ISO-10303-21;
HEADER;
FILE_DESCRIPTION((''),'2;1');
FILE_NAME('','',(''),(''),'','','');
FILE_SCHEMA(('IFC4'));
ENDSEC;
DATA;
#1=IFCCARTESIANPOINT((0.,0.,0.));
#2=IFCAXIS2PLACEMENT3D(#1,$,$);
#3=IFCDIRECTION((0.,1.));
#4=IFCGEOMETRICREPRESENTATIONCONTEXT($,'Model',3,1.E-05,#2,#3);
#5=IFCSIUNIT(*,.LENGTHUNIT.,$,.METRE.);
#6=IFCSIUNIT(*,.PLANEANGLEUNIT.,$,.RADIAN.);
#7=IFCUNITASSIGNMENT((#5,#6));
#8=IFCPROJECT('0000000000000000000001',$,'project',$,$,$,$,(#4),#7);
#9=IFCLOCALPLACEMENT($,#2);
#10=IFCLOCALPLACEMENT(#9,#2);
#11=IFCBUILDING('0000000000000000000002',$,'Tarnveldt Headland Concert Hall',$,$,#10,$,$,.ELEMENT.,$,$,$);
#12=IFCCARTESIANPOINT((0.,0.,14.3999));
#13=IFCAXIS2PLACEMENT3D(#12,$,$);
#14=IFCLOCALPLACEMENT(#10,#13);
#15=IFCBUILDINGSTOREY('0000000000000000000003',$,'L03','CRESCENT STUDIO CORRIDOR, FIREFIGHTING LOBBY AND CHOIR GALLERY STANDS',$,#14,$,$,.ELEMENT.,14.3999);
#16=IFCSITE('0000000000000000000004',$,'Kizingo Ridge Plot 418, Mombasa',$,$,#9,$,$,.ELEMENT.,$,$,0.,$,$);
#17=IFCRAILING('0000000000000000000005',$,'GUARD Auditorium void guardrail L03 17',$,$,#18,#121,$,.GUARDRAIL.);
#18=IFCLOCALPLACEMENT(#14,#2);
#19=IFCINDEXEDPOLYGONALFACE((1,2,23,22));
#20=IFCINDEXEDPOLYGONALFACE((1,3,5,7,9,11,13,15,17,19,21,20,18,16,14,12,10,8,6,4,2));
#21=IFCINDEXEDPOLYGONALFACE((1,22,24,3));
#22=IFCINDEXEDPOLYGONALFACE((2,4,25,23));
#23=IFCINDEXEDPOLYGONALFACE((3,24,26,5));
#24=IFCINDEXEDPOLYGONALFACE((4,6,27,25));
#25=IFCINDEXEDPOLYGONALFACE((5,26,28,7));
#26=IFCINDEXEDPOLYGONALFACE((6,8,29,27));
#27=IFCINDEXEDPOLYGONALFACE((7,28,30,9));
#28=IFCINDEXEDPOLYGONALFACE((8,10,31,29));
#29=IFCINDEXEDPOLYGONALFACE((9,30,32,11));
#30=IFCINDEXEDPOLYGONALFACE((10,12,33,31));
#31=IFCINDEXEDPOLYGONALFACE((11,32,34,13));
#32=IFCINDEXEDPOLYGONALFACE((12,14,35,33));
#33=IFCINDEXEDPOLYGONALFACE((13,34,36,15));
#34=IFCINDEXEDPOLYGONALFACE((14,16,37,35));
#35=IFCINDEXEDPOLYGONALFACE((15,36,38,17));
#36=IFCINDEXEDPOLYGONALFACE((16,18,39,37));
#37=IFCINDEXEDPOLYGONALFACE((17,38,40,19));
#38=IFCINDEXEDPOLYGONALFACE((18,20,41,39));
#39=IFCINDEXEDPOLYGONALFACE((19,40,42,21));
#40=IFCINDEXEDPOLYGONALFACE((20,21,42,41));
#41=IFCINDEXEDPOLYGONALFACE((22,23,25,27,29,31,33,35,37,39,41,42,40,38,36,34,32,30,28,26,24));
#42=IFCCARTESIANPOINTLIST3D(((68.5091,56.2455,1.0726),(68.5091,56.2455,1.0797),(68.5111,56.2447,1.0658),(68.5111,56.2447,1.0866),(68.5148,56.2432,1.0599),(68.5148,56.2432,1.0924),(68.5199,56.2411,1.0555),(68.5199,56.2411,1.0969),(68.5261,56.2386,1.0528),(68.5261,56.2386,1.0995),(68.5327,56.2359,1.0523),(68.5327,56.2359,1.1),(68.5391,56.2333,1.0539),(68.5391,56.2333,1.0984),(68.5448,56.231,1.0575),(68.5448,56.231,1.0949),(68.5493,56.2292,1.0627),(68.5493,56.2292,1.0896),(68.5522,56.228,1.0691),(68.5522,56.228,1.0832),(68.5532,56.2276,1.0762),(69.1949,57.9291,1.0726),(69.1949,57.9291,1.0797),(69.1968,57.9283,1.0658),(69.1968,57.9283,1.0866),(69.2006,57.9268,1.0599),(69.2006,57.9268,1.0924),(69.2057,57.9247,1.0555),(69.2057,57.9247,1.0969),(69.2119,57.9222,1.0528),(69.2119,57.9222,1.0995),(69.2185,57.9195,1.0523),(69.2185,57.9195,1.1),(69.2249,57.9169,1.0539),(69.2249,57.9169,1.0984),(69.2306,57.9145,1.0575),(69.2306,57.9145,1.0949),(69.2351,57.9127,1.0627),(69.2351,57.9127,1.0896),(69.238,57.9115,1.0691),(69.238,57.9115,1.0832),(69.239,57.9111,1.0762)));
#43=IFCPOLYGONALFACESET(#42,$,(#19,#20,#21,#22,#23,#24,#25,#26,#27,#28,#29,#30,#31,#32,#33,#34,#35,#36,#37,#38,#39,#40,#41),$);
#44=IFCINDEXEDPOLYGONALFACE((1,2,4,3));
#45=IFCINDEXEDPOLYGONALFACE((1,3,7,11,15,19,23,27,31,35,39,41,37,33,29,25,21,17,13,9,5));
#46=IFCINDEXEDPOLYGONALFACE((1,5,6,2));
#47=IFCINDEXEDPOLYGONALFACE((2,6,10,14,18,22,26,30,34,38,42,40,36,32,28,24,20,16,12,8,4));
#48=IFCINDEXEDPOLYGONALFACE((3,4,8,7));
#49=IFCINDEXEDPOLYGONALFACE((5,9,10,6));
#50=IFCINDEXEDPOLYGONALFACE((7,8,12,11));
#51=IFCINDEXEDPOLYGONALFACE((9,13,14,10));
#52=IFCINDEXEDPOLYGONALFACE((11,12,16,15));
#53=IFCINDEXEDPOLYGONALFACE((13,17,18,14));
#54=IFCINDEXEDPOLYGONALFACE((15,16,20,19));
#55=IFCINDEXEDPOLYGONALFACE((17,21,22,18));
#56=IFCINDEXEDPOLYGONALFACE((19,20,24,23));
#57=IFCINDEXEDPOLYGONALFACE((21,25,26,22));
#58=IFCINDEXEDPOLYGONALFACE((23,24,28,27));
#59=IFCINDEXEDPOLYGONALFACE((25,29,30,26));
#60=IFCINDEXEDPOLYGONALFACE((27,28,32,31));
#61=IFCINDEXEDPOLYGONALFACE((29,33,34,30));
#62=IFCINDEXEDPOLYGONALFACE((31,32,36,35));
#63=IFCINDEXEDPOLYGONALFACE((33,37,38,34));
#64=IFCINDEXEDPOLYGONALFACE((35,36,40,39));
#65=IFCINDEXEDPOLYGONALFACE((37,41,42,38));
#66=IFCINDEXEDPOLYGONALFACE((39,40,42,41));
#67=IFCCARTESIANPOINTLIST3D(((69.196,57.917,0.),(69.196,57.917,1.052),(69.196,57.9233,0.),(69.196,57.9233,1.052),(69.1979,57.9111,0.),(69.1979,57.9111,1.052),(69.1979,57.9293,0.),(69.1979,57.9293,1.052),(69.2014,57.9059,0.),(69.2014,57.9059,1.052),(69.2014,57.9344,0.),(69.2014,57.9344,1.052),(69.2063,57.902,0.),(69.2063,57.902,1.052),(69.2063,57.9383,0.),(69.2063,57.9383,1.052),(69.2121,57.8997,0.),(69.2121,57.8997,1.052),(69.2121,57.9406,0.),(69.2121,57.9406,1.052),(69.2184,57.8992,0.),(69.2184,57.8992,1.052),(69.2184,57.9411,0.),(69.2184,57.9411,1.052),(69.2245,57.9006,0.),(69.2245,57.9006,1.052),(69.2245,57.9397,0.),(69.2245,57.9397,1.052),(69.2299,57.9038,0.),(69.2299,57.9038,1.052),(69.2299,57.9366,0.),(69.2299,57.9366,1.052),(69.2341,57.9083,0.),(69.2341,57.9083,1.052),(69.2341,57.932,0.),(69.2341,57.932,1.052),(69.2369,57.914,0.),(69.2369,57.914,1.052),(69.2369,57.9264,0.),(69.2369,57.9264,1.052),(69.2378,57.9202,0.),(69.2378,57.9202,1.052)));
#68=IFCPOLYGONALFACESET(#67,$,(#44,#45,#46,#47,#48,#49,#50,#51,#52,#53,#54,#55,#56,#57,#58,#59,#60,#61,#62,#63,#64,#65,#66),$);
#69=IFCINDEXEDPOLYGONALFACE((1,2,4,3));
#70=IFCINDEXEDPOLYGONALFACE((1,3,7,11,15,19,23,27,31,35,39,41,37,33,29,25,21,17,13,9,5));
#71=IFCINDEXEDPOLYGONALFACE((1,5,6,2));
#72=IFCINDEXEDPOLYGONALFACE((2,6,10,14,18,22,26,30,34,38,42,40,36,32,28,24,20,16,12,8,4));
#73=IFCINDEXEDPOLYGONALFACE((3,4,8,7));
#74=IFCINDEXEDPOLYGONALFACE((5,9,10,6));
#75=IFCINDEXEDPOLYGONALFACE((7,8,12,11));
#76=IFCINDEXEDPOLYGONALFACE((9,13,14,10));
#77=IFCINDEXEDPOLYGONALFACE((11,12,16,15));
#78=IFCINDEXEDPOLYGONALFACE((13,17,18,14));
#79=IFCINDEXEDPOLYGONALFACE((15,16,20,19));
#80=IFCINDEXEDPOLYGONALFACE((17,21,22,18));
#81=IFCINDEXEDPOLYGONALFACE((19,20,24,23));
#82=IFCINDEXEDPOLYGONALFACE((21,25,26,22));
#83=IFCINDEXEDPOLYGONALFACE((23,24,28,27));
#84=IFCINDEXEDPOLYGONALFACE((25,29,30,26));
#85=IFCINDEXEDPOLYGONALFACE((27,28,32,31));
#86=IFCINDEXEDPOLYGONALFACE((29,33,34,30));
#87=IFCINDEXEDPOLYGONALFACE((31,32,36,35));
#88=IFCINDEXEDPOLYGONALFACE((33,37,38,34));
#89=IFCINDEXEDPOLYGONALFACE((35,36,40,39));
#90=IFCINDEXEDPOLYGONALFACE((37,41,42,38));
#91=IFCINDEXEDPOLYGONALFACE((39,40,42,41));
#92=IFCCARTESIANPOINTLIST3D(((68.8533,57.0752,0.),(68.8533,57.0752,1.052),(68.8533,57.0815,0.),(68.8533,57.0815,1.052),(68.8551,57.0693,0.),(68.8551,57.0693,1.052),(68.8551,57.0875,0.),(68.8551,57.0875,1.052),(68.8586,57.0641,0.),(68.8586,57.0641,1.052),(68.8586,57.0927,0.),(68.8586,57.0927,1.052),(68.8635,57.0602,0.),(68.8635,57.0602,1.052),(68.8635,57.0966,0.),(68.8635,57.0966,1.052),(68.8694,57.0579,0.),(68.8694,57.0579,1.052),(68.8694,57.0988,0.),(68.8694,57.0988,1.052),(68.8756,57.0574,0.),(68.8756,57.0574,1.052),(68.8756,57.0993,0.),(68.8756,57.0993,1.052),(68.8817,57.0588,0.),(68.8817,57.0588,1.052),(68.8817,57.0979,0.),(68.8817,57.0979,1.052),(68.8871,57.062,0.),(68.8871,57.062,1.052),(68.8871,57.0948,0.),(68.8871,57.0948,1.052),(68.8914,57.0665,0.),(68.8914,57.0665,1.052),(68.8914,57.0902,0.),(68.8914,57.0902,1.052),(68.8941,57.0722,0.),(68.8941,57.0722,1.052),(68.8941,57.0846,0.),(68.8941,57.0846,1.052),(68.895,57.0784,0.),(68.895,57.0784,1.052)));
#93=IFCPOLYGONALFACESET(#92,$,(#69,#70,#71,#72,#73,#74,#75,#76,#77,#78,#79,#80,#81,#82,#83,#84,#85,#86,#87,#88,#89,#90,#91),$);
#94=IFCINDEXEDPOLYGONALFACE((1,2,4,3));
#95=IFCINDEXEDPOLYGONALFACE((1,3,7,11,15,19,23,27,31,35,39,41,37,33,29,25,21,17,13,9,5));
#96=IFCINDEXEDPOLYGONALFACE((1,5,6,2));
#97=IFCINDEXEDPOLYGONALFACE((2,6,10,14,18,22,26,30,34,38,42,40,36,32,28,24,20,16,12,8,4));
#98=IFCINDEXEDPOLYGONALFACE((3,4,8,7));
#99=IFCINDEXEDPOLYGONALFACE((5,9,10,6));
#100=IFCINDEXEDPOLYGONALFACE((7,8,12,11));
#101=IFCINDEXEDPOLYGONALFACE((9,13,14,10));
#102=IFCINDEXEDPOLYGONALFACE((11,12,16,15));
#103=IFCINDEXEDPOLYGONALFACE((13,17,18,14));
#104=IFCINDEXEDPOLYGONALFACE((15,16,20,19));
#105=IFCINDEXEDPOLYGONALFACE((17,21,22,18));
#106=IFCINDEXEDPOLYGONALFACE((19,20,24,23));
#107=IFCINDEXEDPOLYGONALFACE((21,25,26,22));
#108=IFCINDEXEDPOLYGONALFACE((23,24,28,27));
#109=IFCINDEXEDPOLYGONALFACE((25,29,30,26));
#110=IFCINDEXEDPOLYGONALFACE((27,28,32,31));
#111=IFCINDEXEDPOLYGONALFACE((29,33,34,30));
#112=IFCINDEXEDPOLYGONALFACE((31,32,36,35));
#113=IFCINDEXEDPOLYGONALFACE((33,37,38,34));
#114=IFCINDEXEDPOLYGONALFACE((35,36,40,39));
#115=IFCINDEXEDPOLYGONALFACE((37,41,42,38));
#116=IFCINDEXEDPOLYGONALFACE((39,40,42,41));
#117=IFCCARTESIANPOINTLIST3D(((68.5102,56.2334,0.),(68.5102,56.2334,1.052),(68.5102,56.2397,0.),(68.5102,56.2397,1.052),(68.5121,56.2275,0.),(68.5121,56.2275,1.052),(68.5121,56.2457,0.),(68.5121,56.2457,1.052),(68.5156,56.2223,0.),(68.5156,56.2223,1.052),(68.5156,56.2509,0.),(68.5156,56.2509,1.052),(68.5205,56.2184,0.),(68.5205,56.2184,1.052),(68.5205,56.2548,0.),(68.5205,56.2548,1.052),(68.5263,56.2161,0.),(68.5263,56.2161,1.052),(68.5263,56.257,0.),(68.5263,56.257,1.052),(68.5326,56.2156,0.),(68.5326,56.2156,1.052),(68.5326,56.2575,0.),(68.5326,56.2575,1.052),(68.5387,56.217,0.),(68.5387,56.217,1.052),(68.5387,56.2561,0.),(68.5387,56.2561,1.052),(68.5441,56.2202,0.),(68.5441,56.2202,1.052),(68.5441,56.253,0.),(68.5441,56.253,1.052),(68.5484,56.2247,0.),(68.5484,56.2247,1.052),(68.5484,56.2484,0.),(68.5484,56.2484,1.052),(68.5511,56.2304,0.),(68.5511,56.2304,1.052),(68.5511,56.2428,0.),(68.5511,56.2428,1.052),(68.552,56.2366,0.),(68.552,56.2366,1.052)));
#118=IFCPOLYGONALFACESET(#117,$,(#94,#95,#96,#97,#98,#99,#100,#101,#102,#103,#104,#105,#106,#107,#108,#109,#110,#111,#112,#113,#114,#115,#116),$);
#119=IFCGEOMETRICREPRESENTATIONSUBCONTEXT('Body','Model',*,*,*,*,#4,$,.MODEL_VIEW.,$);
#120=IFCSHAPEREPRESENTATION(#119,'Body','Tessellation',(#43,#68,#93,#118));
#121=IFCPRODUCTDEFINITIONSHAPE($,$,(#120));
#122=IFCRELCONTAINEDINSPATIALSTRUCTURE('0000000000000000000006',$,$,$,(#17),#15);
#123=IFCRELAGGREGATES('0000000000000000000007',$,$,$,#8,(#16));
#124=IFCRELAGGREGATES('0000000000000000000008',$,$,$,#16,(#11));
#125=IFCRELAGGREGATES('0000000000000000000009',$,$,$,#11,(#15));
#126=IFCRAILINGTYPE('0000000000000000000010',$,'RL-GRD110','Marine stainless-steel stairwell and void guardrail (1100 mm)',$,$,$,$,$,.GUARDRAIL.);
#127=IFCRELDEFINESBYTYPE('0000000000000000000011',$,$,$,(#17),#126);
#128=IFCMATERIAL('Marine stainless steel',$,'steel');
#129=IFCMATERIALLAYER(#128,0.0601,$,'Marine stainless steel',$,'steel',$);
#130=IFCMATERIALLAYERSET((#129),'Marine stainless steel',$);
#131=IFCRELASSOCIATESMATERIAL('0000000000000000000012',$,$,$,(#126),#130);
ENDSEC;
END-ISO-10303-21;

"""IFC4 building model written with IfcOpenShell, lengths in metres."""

from ifc_helpers import new_model, si_unit, direction, frame, origin, origin_2d, place, context, subcontext, project, spatial, circle, extrude, material, layer, layer_set, type_object, element, save


model = new_model("IFC4")

# Units and contexts
model_context = context("Model", 3, precision=1e-05, world=origin(), true_north=direction((0.0, 1.0)))
body_context = subcontext(model_context, "Body", "Model", "MODEL_VIEW")
ifc_project = project(units=[si_unit("LENGTHUNIT", "METRE"), si_unit("PLANEANGLEUNIT", "RADIAN")], contexts=[model_context])

# Site, building, storey
site_placement = place(None, origin())
site = spatial("IfcSite", under=ifc_project, at=site_placement, Name="Kizingo Ridge Plot 418, Mombasa", CompositionType="ELEMENT", RefElevation=0.0)
building_placement = place(site_placement, origin())
building = spatial("IfcBuilding", under=site, at=building_placement, Name="Tarnveldt Headland Concert Hall", CompositionType="ELEMENT")
storey_placement = place(building_placement, frame((0.0, 0.0, 14.3999)))
storey = spatial("IfcBuildingStorey", under=building, at=storey_placement, Name="L03", Description="CRESCENT STUDIO CORRIDOR, FIREFIGHTING LOBBY AND CHOIR GALLERY STANDS", CompositionType="ELEMENT", Elevation=14.3999)

# Railing
ifc_material_1 = material(Name="Marine stainless steel", Category="steel")
ifc_layer_1 = layer(ifc_material_1, 0.0601, Name="Marine stainless steel", Category="steel")
ifc_layer_set_1 = layer_set([ifc_layer_1], Name="Marine stainless steel")
railing_type = type_object("IfcRailingType", Name="RL-GRD110", Description="Marine stainless-steel stairwell and void guardrail (1100 mm)", PredefinedType="GUARDRAIL", material=ifc_layer_set_1)
railing_1_placement = place(storey_placement, frame((69.2168, 57.9202, 0.0)))
element("IfcRailing", 1, at=railing_1_placement, inside=storey, type_object=railing_type, Name="GUARD Auditorium void guardrail L03 17", PredefinedType="GUARDRAIL", context=body_context, shape_type="SweptSolid", body=[
    extrude(circle(Radius=0.0239, at=origin_2d()), frame((0.0, 0.0, 1.0762), z_axis=(-0.377241, -0.926115, 0.0), x_axis=(0.926115, -0.377241, 0.0)), (0.0, 0.0, 1.0), 1.8179),
    extrude(circle(Radius=0.021, at=origin_2d()), origin(), (0.0, 0.0, 1.0), 1.052),
    extrude(circle(Radius=0.021, at=origin_2d()), frame((-0.3428, -0.8418, 0.0)), (0.0, 0.0, 1.0), 1.052),
    extrude(circle(Radius=0.021, at=origin_2d()), frame((-0.6858, -1.6836, 0.0)), (0.0, 0.0, 1.0), 1.052),
])

save(model, "model.ifc")
